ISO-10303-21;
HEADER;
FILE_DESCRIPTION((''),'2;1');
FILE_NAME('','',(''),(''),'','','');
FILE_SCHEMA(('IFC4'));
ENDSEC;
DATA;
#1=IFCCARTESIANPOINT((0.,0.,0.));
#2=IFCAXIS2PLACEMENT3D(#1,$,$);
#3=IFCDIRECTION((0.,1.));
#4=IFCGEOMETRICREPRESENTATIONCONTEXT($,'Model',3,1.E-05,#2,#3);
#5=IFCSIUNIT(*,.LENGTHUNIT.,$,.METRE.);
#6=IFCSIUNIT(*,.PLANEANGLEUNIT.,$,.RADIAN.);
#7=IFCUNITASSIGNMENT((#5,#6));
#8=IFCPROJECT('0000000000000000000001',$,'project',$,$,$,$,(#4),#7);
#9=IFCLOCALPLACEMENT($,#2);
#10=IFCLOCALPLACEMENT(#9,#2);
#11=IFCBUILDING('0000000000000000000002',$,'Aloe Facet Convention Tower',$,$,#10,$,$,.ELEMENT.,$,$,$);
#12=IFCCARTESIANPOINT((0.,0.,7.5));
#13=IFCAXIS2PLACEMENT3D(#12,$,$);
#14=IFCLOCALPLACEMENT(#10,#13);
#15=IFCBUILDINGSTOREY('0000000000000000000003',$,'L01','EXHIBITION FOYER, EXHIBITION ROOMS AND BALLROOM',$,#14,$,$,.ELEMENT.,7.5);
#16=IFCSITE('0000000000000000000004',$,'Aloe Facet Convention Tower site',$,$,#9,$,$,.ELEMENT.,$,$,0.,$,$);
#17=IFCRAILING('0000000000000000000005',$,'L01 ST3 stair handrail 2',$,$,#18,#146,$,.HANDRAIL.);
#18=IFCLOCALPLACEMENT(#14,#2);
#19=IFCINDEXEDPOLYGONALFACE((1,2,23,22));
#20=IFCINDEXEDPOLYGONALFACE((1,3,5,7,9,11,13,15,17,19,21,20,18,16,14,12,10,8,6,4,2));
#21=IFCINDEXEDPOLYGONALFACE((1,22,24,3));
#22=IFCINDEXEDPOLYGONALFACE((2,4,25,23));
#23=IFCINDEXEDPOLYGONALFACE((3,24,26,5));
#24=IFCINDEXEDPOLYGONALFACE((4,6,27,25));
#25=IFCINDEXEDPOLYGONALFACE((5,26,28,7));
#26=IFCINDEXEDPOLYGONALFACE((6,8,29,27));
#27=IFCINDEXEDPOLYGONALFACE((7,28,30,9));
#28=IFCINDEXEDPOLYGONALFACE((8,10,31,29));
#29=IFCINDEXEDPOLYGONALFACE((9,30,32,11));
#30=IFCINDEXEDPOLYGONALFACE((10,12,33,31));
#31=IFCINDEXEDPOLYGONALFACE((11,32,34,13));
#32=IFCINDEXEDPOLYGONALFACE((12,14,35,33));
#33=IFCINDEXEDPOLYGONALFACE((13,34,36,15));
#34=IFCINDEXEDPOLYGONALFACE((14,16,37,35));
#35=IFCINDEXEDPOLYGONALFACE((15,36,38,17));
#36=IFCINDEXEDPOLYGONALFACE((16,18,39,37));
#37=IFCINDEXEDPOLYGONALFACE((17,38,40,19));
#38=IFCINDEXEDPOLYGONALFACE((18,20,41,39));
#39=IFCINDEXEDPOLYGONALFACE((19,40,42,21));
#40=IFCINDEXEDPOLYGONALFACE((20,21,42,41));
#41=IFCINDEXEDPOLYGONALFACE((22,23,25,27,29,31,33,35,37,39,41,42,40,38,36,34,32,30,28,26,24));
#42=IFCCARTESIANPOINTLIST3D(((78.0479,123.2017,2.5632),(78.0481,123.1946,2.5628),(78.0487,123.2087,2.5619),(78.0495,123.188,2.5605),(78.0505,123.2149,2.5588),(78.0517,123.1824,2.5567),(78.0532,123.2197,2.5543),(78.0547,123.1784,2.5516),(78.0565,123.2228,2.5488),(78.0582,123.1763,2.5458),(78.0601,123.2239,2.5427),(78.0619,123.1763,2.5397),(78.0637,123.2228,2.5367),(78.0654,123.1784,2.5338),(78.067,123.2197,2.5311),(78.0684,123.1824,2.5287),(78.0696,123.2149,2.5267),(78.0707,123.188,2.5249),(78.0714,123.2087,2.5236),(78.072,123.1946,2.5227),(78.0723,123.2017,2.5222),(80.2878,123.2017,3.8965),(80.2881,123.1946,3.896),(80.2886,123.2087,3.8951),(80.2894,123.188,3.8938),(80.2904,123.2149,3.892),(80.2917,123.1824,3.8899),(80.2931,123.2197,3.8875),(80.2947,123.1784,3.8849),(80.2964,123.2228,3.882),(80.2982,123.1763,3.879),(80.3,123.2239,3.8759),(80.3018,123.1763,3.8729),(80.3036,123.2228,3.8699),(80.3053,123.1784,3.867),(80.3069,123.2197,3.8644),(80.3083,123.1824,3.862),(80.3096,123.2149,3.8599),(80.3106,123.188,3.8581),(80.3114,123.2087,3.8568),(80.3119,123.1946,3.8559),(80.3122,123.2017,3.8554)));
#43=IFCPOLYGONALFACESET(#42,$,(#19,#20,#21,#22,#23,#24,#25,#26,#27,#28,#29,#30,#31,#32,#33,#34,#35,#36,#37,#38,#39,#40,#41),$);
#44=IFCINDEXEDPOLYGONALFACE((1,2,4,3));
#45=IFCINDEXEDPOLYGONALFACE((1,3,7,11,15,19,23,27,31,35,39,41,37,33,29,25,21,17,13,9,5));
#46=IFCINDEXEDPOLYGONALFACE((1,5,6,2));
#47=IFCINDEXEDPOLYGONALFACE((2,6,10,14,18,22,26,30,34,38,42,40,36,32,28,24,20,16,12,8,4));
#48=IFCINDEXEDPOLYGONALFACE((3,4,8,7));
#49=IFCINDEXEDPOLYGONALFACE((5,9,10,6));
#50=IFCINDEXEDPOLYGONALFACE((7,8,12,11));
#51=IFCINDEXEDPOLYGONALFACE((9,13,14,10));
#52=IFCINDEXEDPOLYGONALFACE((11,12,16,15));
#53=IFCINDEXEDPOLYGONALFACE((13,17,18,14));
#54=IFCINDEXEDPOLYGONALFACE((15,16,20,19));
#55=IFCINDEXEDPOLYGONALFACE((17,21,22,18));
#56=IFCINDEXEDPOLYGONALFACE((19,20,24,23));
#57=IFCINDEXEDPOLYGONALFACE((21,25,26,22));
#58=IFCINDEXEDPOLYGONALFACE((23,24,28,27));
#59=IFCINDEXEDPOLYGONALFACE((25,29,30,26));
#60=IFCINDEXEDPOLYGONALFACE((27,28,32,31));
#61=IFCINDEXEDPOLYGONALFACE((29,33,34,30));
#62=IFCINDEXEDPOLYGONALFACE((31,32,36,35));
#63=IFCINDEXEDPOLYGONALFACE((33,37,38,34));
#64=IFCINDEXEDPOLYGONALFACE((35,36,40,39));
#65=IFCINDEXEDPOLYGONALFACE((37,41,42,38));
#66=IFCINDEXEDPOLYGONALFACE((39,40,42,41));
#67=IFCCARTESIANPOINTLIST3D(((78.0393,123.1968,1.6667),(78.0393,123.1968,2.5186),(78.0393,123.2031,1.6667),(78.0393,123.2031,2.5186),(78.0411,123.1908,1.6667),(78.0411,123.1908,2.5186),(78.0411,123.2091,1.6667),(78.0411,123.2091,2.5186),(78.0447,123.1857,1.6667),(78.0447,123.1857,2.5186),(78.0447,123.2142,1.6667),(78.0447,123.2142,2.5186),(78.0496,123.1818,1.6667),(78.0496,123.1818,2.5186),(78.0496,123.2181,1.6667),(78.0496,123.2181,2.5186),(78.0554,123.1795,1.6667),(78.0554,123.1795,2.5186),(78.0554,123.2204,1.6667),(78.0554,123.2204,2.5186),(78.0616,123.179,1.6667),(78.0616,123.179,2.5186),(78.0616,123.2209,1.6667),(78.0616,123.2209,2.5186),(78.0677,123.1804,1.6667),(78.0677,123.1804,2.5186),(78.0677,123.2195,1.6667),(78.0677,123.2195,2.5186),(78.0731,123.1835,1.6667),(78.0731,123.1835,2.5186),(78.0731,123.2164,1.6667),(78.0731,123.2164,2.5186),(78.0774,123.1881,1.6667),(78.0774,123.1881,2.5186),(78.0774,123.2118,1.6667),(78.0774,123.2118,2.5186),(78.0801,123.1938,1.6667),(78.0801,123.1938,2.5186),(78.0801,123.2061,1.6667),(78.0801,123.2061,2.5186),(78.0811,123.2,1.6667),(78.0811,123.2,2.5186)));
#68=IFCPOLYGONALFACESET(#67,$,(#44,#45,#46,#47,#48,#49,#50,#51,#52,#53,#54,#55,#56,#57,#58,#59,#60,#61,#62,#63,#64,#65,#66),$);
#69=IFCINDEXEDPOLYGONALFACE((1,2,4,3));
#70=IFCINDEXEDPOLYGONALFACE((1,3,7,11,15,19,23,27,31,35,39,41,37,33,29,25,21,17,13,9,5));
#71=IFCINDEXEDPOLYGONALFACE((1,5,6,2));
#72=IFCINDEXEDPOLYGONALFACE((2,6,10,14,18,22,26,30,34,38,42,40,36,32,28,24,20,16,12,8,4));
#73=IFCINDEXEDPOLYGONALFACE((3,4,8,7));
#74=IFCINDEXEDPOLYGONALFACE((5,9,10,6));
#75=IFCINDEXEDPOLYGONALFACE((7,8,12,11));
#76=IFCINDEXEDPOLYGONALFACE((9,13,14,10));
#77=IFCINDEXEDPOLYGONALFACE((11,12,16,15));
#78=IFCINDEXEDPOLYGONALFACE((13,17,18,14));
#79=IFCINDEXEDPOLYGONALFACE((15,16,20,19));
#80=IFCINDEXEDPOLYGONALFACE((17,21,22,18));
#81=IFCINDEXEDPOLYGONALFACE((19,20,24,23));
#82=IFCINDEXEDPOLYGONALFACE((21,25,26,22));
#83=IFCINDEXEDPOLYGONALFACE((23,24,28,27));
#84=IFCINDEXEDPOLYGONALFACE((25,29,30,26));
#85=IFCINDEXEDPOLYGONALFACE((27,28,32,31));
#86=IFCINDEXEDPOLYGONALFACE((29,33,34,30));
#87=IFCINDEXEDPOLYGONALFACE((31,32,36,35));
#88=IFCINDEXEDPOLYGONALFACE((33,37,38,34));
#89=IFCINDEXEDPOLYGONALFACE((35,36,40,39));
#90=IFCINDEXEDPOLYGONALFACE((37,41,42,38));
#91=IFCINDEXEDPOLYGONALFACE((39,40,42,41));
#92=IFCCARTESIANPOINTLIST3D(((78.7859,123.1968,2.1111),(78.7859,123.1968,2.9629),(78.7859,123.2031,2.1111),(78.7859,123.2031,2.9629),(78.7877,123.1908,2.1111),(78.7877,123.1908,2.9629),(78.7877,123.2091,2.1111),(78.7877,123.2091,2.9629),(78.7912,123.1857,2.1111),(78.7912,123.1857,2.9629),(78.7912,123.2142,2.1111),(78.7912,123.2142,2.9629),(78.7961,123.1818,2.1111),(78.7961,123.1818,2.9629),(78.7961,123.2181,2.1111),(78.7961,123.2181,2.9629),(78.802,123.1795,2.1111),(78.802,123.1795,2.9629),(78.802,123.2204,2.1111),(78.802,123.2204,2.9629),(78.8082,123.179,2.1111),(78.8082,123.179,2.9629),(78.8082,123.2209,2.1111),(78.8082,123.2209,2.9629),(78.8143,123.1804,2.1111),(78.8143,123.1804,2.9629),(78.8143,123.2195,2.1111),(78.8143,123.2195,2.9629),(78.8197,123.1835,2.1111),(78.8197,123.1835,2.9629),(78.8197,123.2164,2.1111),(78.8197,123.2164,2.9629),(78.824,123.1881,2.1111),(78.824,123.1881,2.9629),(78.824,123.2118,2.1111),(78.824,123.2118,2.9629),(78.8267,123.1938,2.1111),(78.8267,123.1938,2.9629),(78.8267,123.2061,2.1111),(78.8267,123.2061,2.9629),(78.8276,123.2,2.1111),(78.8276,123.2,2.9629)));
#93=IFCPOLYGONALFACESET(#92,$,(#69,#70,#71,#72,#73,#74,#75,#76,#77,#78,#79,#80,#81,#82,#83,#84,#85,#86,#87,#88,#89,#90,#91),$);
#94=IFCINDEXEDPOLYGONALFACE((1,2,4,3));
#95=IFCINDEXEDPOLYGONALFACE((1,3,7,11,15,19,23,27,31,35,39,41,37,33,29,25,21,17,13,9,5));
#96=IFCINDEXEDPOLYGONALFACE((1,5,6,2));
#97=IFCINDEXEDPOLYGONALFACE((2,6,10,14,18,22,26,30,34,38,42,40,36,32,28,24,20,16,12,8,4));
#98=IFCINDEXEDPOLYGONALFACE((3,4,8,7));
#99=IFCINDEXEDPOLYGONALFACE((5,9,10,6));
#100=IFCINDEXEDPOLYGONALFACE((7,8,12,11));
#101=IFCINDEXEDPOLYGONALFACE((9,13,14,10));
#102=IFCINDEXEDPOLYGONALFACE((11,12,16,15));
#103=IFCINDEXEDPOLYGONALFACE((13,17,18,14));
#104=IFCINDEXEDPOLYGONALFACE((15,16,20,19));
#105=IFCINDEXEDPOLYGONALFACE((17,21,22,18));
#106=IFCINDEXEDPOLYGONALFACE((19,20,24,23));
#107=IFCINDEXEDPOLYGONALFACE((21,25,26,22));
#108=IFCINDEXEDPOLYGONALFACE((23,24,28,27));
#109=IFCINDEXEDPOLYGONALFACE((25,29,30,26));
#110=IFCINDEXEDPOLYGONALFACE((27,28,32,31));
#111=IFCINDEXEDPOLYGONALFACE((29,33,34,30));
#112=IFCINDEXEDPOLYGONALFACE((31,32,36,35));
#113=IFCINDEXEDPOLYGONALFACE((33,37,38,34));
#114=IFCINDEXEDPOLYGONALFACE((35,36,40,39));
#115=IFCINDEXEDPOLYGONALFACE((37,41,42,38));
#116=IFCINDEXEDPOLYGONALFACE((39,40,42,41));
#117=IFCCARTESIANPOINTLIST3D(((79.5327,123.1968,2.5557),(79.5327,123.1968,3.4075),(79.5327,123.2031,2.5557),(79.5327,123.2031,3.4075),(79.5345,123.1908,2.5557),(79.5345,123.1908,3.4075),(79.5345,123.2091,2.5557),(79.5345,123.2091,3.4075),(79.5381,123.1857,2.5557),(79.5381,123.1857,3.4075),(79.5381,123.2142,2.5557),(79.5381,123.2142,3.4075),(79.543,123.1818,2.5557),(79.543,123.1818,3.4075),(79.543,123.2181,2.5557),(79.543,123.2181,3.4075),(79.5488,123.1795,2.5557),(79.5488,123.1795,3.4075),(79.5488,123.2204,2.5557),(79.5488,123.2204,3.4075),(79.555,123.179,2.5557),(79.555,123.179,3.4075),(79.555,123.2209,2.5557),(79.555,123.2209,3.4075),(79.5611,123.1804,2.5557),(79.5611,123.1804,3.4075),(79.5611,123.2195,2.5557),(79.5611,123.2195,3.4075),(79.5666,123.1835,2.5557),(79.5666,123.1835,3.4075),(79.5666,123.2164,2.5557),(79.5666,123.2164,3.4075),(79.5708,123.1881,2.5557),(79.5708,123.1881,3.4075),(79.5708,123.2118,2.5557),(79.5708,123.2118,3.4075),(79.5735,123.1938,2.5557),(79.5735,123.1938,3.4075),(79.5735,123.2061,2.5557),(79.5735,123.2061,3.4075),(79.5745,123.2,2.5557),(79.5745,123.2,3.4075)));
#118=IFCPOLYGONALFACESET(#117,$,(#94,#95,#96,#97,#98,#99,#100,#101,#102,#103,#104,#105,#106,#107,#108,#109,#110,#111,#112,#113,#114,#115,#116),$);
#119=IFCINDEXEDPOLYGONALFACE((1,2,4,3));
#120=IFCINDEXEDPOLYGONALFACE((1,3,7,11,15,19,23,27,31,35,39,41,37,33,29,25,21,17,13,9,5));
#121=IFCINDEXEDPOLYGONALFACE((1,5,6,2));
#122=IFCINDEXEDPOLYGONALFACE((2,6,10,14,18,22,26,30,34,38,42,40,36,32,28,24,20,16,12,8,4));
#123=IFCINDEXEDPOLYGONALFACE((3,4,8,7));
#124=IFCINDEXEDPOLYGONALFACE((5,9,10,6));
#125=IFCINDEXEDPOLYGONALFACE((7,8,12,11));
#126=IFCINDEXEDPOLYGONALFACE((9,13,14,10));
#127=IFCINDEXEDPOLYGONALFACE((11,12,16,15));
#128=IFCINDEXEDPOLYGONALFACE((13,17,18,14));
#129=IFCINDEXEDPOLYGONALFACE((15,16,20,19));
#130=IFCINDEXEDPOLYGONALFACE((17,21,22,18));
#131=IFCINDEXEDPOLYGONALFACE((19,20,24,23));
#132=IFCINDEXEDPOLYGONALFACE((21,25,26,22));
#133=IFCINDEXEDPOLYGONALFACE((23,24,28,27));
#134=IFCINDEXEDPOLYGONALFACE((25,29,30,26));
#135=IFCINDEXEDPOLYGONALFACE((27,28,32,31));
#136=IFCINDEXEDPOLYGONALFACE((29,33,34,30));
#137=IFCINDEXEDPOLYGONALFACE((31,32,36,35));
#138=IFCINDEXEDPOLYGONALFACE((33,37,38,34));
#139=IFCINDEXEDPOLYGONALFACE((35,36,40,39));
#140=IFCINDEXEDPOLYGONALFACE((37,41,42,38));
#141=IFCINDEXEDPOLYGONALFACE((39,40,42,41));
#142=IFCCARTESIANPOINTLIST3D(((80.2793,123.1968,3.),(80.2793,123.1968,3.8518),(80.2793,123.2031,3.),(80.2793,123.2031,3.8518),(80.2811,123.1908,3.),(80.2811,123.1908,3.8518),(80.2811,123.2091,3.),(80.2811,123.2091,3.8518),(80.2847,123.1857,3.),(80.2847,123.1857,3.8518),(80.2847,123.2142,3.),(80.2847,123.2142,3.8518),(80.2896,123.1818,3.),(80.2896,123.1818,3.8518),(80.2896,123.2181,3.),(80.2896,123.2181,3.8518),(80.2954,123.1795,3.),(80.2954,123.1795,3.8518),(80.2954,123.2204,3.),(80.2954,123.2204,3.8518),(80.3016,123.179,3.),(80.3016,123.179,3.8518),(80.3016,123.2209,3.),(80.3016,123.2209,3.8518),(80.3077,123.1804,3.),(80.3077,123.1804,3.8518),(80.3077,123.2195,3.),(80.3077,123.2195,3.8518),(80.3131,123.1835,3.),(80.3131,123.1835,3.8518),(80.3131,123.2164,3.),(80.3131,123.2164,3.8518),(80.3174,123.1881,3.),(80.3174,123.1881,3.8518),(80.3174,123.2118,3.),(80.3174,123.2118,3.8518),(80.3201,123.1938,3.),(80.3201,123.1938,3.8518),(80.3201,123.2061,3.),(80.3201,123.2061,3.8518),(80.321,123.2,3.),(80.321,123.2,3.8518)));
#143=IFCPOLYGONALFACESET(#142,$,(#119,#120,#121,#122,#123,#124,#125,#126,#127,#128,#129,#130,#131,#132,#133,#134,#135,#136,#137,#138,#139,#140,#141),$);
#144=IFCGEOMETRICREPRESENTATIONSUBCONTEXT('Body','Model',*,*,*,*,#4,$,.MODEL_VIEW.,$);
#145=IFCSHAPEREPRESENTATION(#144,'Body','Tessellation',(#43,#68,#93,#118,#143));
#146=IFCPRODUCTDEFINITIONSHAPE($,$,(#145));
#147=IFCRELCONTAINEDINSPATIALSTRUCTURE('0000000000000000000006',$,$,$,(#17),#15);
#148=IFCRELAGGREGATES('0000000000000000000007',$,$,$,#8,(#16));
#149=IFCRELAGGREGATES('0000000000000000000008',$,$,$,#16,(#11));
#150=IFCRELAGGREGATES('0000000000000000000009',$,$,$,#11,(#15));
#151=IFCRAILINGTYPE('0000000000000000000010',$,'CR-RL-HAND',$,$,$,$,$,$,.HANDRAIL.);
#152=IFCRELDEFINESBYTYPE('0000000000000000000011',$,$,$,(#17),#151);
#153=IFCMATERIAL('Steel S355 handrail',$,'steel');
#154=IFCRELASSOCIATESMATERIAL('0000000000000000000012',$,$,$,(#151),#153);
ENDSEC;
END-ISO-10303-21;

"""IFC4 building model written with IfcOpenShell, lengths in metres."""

from ifc_helpers import new_model, si_unit, direction, frame, origin, origin_2d, place, context, subcontext, project, spatial, circle, extrude, material, type_object, element, save


model = new_model("IFC4")

# Units and contexts
model_context = context("Model", 3, precision=1e-05, world=origin(), true_north=direction((0.0, 1.0)))
body_context = subcontext(model_context, "Body", "Model", "MODEL_VIEW")
ifc_project = project(units=[si_unit("LENGTHUNIT", "METRE"), si_unit("PLANEANGLEUNIT", "RADIAN")], contexts=[model_context])

# Site, building, storey
site_placement = place(None, origin())
site = spatial("IfcSite", under=ifc_project, at=site_placement, Name="Aloe Facet Convention Tower site", CompositionType="ELEMENT", RefElevation=0.0)
building_placement = place(site_placement, origin())
building = spatial("IfcBuilding", under=site, at=building_placement, Name="Aloe Facet Convention Tower", CompositionType="ELEMENT")
storey_placement = place(building_placement, frame((0.0, 0.0, 7.5)))
storey = spatial("IfcBuildingStorey", under=building, at=storey_placement, Name="L01", Description="EXHIBITION FOYER, EXHIBITION ROOMS AND BALLROOM", CompositionType="ELEMENT", Elevation=7.5)

# Railing
ifc_material_1 = material(Name="Steel S355 handrail", Category="steel")
railing_type_1 = type_object("IfcRailingType", Name="CR-RL-HAND", PredefinedType="HANDRAIL", material=ifc_material_1)
railing_placement = place(storey_placement, frame((78.0601, 123.2, 1.6667)))
element("IfcRailing", 1, at=railing_placement, inside=storey, type_object=railing_type_1, Name="L01 ST3 stair handrail 2", PredefinedType="HANDRAIL", context=body_context, shape_type="SweptSolid", body=[
    extrude(circle(Radius=0.0239, at=origin_2d()), frame((0.0, 0.0, 0.876), z_axis=(0.859306, 0.0, 0.511462), x_axis=(0.0, 1.0, 0.0)), (0.0, 0.0, 1.0), 2.6067),
    extrude(circle(Radius=0.021, at=origin_2d()), origin(), (0.0, 0.0, 1.0), 0.8518),
    extrude(circle(Radius=0.021, at=origin_2d()), frame((0.7466, 0.0, 0.4443)), (0.0, 0.0, 1.0), 0.8518),
    extrude(circle(Radius=0.021, at=origin_2d()), frame((1.4934, 0.0, 0.8889)), (0.0, 0.0, 1.0), 0.8518),
    extrude(circle(Radius=0.021, at=origin_2d()), frame((2.24, 0.0, 1.3333)), (0.0, 0.0, 1.0), 0.8518),
])

save(model, "model.ifc")
